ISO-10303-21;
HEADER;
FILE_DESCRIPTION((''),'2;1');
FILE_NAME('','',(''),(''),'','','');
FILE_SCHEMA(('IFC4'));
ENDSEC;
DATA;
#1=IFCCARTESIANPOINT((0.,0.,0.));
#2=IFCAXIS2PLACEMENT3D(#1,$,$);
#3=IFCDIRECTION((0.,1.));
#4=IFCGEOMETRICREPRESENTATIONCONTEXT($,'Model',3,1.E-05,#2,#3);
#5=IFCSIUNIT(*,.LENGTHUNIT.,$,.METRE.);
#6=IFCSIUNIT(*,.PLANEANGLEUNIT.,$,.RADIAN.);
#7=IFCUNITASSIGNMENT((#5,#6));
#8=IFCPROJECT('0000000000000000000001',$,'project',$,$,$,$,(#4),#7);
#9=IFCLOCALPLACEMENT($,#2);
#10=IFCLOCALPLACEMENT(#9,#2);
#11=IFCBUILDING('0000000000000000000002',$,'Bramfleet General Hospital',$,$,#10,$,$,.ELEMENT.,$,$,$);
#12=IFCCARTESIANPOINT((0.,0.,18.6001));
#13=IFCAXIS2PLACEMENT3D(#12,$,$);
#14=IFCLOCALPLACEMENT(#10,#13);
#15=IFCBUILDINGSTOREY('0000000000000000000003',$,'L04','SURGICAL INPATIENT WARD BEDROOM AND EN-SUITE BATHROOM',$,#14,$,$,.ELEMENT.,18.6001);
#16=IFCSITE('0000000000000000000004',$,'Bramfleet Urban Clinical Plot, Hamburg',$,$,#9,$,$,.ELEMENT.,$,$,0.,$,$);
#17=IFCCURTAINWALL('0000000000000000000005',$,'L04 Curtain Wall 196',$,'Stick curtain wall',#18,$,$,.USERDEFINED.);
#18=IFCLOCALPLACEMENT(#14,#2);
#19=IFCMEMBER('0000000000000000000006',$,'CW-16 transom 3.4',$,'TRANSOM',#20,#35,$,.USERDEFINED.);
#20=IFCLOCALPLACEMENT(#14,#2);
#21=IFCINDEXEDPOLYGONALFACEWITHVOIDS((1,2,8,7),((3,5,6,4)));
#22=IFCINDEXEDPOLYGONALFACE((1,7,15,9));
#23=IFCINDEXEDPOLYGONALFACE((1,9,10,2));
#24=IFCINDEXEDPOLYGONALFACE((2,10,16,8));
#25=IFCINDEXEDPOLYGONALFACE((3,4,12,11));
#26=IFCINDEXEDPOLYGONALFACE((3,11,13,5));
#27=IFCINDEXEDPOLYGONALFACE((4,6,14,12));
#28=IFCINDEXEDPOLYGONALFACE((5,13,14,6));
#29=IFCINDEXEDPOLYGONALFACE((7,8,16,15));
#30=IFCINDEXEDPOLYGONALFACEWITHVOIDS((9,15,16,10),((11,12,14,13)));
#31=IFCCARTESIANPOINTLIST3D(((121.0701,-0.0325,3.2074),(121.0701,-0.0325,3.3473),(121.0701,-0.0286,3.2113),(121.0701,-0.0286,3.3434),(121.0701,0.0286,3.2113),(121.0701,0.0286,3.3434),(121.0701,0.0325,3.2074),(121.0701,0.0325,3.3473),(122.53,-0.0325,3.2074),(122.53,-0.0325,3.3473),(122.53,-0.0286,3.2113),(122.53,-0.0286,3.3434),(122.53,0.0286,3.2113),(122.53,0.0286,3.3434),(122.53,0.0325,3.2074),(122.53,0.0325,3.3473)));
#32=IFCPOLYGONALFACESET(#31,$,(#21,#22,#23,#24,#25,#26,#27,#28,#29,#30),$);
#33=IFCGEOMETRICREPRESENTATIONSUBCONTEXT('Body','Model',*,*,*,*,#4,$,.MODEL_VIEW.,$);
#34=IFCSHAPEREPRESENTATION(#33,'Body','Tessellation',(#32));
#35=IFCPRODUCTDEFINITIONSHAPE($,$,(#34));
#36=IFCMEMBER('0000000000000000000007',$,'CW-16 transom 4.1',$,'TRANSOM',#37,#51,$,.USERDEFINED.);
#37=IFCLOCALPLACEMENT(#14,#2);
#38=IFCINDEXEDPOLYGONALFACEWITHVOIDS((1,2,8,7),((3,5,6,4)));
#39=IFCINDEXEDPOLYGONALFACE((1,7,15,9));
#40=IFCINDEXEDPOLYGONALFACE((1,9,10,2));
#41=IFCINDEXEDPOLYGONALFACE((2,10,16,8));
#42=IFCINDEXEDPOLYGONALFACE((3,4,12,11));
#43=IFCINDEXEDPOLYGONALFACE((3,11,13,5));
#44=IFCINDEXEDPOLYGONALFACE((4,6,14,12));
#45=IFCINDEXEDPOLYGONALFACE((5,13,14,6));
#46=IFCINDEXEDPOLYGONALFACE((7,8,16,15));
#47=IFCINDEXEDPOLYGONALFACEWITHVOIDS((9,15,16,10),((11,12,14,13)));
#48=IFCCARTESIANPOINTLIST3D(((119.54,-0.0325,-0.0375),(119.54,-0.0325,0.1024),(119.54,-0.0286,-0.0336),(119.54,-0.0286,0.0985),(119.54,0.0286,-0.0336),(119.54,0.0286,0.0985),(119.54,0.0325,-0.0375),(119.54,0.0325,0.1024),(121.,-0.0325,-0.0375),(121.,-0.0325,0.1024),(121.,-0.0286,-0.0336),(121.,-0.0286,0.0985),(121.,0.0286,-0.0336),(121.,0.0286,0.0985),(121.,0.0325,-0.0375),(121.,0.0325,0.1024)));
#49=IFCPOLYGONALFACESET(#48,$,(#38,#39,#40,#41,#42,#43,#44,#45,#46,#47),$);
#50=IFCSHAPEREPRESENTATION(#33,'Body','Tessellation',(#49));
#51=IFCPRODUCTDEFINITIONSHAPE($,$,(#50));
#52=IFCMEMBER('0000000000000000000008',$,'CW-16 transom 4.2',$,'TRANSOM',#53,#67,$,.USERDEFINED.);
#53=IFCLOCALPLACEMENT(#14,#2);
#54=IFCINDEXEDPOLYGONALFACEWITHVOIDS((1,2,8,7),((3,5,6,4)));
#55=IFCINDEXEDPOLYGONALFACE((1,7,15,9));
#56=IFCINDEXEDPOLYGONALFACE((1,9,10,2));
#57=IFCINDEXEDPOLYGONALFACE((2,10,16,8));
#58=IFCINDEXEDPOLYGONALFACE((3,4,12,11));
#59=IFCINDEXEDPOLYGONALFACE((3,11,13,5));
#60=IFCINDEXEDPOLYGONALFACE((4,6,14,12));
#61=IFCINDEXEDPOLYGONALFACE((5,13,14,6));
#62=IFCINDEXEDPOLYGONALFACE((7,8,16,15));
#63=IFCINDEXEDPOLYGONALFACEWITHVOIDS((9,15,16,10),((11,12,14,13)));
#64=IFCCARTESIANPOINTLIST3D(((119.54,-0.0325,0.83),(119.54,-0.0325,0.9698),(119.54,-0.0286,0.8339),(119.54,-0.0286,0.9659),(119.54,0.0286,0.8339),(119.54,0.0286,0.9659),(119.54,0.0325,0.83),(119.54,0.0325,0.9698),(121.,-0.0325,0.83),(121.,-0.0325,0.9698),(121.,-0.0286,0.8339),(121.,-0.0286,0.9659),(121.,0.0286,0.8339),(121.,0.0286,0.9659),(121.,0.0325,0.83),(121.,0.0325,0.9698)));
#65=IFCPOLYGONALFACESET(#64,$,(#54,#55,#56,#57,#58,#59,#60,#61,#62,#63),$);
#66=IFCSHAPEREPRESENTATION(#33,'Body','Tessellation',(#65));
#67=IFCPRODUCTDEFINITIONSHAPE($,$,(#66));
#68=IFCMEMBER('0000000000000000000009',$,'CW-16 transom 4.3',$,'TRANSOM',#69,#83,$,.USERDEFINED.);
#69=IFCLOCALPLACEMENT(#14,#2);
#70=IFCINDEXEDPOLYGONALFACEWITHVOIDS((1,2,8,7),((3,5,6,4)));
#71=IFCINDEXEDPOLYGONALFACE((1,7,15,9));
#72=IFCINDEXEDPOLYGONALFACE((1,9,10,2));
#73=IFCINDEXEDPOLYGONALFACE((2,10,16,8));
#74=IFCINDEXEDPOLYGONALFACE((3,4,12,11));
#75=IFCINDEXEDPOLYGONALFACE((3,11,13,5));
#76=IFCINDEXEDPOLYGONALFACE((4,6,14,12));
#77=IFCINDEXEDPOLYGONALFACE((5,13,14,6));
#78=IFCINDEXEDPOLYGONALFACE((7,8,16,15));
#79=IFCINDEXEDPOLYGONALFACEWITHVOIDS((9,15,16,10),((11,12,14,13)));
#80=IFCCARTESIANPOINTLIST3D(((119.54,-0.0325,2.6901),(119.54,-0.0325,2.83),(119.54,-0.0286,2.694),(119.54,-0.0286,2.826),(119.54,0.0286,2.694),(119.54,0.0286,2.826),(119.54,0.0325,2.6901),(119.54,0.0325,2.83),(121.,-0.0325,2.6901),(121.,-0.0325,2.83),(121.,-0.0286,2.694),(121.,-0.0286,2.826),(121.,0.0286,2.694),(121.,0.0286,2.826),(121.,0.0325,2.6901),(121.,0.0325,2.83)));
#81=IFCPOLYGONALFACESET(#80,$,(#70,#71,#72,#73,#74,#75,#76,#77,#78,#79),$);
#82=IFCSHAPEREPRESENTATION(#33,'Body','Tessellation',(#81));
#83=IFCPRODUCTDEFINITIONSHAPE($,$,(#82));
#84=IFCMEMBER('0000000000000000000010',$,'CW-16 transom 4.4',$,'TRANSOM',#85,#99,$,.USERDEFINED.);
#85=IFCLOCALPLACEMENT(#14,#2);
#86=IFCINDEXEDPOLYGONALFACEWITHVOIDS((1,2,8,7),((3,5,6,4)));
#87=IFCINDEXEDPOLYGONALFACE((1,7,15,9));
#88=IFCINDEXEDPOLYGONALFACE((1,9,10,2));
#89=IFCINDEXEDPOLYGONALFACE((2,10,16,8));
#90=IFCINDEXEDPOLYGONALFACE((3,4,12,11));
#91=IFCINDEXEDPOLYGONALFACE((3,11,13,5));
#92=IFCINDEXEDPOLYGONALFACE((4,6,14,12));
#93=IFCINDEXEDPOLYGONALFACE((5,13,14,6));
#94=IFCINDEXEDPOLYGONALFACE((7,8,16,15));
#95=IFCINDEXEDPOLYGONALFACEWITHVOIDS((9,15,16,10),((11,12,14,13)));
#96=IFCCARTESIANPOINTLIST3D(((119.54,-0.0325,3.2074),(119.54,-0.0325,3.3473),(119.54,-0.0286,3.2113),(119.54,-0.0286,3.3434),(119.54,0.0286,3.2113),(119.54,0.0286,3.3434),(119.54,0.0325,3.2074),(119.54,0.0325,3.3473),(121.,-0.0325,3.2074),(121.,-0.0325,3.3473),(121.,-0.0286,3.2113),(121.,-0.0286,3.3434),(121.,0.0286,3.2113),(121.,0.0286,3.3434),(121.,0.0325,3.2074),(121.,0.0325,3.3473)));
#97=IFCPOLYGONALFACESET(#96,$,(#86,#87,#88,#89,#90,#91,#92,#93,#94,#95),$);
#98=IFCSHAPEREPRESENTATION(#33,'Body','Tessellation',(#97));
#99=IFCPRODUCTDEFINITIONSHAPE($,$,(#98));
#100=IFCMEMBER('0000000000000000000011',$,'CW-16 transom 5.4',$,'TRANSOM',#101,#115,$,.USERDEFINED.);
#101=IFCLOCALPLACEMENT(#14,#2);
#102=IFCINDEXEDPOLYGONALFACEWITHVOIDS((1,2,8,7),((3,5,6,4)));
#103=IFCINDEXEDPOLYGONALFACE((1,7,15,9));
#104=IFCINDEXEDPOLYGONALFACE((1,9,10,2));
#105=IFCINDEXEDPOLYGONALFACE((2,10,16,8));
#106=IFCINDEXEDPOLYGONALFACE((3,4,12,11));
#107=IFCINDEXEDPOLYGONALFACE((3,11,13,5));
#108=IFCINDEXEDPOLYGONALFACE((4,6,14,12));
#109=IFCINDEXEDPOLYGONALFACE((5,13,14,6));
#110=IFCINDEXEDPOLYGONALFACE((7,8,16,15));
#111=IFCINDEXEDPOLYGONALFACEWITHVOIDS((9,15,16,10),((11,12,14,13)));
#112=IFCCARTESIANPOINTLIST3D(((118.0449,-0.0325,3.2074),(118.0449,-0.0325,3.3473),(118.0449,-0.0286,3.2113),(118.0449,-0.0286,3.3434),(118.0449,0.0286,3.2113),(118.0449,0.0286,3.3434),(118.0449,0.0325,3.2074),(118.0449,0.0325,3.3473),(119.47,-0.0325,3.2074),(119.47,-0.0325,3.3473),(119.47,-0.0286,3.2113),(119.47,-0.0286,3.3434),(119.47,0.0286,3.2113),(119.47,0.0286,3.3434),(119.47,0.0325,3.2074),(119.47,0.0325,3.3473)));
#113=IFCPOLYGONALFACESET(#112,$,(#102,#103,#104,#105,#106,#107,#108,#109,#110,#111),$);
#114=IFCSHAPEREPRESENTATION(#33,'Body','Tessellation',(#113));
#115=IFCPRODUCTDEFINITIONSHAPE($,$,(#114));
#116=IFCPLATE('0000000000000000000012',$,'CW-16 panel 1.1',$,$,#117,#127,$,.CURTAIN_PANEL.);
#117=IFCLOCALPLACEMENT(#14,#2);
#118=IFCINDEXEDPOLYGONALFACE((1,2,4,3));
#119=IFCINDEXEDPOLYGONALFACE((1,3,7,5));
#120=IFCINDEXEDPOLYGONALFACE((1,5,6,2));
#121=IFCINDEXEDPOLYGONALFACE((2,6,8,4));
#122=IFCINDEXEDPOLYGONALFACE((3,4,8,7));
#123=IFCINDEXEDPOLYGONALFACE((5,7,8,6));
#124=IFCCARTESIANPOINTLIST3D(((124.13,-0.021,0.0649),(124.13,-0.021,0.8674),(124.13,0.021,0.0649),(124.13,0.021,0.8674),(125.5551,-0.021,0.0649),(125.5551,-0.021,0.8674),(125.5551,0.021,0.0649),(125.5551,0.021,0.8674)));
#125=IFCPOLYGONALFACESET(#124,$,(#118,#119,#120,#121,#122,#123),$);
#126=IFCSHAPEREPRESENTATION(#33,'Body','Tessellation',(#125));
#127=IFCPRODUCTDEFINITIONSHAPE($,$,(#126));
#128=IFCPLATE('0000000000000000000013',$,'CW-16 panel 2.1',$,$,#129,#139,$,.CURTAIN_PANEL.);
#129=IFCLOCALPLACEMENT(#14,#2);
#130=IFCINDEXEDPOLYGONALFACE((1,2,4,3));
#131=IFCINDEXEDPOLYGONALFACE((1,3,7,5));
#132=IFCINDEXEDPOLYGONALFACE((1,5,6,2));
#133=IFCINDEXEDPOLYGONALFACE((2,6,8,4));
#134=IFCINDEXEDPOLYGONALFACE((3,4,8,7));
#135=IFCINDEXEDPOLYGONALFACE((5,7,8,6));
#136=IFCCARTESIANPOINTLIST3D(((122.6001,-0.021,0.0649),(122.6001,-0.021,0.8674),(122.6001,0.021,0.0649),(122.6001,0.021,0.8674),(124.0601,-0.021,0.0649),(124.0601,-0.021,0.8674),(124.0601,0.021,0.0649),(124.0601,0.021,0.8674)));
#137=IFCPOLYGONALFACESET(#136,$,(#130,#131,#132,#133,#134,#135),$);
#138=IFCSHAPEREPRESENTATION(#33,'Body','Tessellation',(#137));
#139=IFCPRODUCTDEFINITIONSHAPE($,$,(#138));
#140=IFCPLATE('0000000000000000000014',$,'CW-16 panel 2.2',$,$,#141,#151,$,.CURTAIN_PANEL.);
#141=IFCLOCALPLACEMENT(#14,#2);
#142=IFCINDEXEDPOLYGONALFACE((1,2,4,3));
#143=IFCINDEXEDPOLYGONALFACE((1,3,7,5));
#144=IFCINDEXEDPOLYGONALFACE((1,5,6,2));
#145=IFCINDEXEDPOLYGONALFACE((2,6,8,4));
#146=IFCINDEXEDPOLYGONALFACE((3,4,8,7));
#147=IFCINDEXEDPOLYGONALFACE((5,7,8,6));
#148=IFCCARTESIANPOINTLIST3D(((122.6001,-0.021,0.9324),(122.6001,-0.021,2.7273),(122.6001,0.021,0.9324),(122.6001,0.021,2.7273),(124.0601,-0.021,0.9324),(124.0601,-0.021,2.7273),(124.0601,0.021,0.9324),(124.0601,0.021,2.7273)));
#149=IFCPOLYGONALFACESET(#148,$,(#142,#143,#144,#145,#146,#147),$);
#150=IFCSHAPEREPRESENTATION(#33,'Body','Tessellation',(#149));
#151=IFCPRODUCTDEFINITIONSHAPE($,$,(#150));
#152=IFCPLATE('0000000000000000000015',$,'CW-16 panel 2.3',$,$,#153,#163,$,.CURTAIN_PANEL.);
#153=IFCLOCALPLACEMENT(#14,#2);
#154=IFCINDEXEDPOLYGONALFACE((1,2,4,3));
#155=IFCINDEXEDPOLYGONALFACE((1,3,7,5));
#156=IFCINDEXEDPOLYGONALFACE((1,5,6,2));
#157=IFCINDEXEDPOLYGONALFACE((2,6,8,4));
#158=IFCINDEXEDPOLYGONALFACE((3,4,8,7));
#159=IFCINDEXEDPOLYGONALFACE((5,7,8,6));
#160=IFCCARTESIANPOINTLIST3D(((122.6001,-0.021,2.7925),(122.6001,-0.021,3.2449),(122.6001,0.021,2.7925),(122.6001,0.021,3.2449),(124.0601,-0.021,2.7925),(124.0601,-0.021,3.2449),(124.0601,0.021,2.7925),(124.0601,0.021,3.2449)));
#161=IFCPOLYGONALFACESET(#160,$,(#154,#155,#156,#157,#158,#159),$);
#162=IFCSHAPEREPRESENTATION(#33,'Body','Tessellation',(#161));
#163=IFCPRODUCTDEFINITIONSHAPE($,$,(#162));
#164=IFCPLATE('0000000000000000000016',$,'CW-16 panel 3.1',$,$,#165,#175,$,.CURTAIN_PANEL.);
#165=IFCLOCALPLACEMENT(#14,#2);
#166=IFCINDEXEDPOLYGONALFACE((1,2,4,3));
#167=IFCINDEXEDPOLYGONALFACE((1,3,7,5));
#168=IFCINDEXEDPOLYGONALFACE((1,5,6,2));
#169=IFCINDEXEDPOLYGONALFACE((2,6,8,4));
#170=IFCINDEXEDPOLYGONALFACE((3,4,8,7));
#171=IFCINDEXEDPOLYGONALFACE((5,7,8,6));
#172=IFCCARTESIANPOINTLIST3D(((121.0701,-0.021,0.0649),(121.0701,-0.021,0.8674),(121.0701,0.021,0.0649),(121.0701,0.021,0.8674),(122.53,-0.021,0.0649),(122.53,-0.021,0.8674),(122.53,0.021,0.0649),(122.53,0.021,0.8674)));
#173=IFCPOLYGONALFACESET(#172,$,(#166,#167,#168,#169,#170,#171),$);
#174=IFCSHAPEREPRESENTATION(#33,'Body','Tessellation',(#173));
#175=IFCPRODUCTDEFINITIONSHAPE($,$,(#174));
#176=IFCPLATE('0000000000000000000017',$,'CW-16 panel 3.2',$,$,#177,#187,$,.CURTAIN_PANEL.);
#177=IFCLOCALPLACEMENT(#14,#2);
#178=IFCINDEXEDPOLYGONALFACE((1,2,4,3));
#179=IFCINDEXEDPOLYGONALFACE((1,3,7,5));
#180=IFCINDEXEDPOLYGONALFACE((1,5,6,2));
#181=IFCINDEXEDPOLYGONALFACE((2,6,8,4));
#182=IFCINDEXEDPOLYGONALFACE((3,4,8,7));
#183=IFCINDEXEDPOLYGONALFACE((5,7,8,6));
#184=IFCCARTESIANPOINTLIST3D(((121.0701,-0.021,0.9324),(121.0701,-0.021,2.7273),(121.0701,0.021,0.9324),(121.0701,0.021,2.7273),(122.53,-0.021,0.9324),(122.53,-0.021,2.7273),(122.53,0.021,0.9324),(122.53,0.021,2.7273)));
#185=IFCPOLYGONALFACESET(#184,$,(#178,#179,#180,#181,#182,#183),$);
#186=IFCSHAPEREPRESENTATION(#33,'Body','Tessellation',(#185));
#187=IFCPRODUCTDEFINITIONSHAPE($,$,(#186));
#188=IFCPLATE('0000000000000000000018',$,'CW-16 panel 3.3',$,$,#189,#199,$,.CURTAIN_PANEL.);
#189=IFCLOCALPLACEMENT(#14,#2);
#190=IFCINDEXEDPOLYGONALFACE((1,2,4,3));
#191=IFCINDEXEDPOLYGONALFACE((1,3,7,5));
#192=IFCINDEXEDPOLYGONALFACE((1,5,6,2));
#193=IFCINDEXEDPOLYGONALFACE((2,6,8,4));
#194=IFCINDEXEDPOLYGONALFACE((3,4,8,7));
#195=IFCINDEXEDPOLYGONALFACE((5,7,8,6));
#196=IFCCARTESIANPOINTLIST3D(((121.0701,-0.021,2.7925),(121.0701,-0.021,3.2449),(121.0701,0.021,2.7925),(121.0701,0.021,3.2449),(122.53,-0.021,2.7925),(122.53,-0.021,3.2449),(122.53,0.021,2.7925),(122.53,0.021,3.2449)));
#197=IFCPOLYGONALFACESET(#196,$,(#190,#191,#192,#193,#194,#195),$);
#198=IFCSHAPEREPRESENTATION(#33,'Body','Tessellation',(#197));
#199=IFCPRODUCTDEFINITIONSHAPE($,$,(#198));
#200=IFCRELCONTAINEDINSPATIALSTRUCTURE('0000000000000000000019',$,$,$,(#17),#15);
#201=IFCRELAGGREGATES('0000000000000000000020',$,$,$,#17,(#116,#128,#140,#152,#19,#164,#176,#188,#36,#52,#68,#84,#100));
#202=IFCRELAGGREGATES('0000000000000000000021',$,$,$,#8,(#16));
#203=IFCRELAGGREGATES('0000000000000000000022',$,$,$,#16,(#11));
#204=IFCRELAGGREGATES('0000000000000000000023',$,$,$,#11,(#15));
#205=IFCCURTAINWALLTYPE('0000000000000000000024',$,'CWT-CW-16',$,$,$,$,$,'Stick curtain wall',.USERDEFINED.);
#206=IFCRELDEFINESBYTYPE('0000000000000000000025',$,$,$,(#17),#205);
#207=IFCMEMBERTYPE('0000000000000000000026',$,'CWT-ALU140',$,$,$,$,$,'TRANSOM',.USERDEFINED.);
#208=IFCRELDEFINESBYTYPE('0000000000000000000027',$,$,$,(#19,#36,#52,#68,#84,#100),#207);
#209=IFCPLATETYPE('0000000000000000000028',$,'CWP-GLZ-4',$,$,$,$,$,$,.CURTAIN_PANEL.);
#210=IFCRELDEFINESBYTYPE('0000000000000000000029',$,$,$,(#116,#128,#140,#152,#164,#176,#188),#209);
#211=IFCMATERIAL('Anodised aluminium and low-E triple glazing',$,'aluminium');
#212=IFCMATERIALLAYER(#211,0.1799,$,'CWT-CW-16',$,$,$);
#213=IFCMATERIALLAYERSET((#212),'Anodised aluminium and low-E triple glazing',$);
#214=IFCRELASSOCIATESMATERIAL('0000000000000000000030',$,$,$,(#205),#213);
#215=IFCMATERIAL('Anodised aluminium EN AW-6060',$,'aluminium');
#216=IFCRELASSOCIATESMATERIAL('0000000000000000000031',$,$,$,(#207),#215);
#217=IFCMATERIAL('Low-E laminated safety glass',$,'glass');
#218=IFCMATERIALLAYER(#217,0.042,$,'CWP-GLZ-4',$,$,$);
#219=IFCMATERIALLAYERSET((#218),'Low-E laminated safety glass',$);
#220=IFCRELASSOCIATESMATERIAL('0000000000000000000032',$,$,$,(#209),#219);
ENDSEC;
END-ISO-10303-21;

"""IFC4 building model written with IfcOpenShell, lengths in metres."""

from ifc_helpers import new_model, si_unit, direction, frame, origin, origin_2d, place, context, subcontext, project, spatial, rectangle, hollow_rectangle, extrude, material, layer, layer_set, material_profile, profile_set, type_object, element, aggregate, save


model = new_model("IFC4")

# Units and contexts
model_context = context("Model", 3, precision=1e-05, world=origin(), true_north=direction((0.0, 1.0)))
body_context = subcontext(model_context, "Body", "Model", "MODEL_VIEW")
ifc_project = project(units=[si_unit("LENGTHUNIT", "METRE"), si_unit("PLANEANGLEUNIT", "RADIAN")], contexts=[model_context])

# Site, building, storey
site_placement = place(None, origin())
site = spatial("IfcSite", under=ifc_project, at=site_placement, Name="Bramfleet Urban Clinical Plot, Hamburg", CompositionType="ELEMENT", RefElevation=0.0)
building_placement = place(site_placement, origin())
building = spatial("IfcBuilding", under=site, at=building_placement, Name="Bramfleet General Hospital", CompositionType="ELEMENT")
storey_placement = place(building_placement, frame((0.0, 0.0, 18.6001)))
storey = spatial("IfcBuildingStorey", under=building, at=storey_placement, Name="L04", Description="SURGICAL INPATIENT WARD BEDROOM AND EN-SUITE BATHROOM", CompositionType="ELEMENT", Elevation=18.6001)

# Curtain wall, members, plates
ifc_material_1 = material(Name="Anodised aluminium and low-E triple glazing", Category="aluminium")
ifc_layer_1 = layer(ifc_material_1, 0.1799, Name="CWT-CW-16")
ifc_layer_set_1 = layer_set([ifc_layer_1], Name="Anodised aluminium and low-E triple glazing")
curtain_wall_type = type_object("IfcCurtainWallType", Name="CWT-CW-16", ElementType="Stick curtain wall", PredefinedType="USERDEFINED", material=ifc_layer_set_1)
curtain_wall_placement = place(storey_placement, origin())
curtain_wall = element("IfcCurtainWall", 1, at=curtain_wall_placement, inside=storey, type_object=curtain_wall_type, Name="L04 Curtain Wall 196", ObjectType="Stick curtain wall", PredefinedType="USERDEFINED")
ifc_material_2 = material(Name="Anodised aluminium EN AW-6060", Category="aluminium")
ifc_material_profile_1 = material_profile(ifc_material_2, hollow_rectangle(XDim=0.0649, YDim=0.1399, WallThickness=0.0039, at=origin_2d()), Name="ALU 140x65x4.0")
ifc_profile_set_1 = profile_set([ifc_material_profile_1], Name="Anodised aluminium EN AW-6060")
member_type_1 = type_object("IfcMemberType", Name="CWT-ALU140", ElementType="TRANSOM", PredefinedType="USERDEFINED", material=ifc_profile_set_1)
member_1_placement = place(storey_placement, frame((122.53, 0.0, 3.2773), z_axis=(-1.0, 0.0, 0.0), x_axis=(0.0, -1.0, 0.0)))
member_1 = element("IfcMember", 2, at=member_1_placement, type_object=member_type_1, Name="CW-16 transom 3.4", ObjectType="TRANSOM", PredefinedType="USERDEFINED", context=body_context, shape_type="SweptSolid", body=[
    extrude(hollow_rectangle(XDim=0.0649, YDim=0.1399, WallThickness=0.0039, at=origin_2d()), origin(), (0.0, 0.0, 1.0), 1.46),
])
member_2_placement = place(storey_placement, frame((121.0, 0.0, 0.0325), z_axis=(-1.0, 0.0, 0.0), x_axis=(0.0, -1.0, 0.0)))
member_2 = element("IfcMember", 3, at=member_2_placement, type_object=member_type_1, Name="CW-16 transom 4.1", ObjectType="TRANSOM", PredefinedType="USERDEFINED", context=body_context, shape_type="SweptSolid", body=[
    extrude(hollow_rectangle(XDim=0.0649, YDim=0.1399, WallThickness=0.0039, at=origin_2d()), origin(), (0.0, 0.0, 1.0), 1.46),
])
member_3_placement = place(storey_placement, frame((121.0, 0.0, 0.8999), z_axis=(-1.0, 0.0, 0.0), x_axis=(0.0, -1.0, 0.0)))
member_3 = element("IfcMember", 4, at=member_3_placement, type_object=member_type_1, Name="CW-16 transom 4.2", ObjectType="TRANSOM", PredefinedType="USERDEFINED", context=body_context, shape_type="SweptSolid", body=[
    extrude(hollow_rectangle(XDim=0.0649, YDim=0.1399, WallThickness=0.0039, at=origin_2d()), origin(), (0.0, 0.0, 1.0), 1.46),
])
member_4_placement = place(storey_placement, frame((121.0, 0.0, 2.76), z_axis=(-1.0, 0.0, 0.0), x_axis=(0.0, -1.0, 0.0)))
member_4 = element("IfcMember", 5, at=member_4_placement, type_object=member_type_1, Name="CW-16 transom 4.3", ObjectType="TRANSOM", PredefinedType="USERDEFINED", context=body_context, shape_type="SweptSolid", body=[
    extrude(hollow_rectangle(XDim=0.0649, YDim=0.1399, WallThickness=0.0039, at=origin_2d()), origin(), (0.0, 0.0, 1.0), 1.46),
])
member_5_placement = place(storey_placement, frame((121.0, 0.0, 3.2773), z_axis=(-1.0, 0.0, 0.0), x_axis=(0.0, -1.0, 0.0)))
member_5 = element("IfcMember", 6, at=member_5_placement, type_object=member_type_1, Name="CW-16 transom 4.4", ObjectType="TRANSOM", PredefinedType="USERDEFINED", context=body_context, shape_type="SweptSolid", body=[
    extrude(hollow_rectangle(XDim=0.0649, YDim=0.1399, WallThickness=0.0039, at=origin_2d()), origin(), (0.0, 0.0, 1.0), 1.46),
])
member_6_placement = place(storey_placement, frame((119.47, 0.0, 3.2773), z_axis=(-1.0, 0.0, 0.0), x_axis=(0.0, -1.0, 0.0)))
member_6 = element("IfcMember", 7, at=member_6_placement, type_object=member_type_1, Name="CW-16 transom 5.4", ObjectType="TRANSOM", PredefinedType="USERDEFINED", context=body_context, shape_type="SweptSolid", body=[
    extrude(hollow_rectangle(XDim=0.0649, YDim=0.1399, WallThickness=0.0039, at=origin_2d()), origin(), (0.0, 0.0, 1.0), 1.425),
])
ifc_material_3 = material(Name="Low-E laminated safety glass", Category="glass")
ifc_layer_2 = layer(ifc_material_3, 0.042, Name="CWP-GLZ-4")
ifc_layer_set_2 = layer_set([ifc_layer_2], Name="Low-E laminated safety glass")
plate_type = type_object("IfcPlateType", Name="CWP-GLZ-4", PredefinedType="CURTAIN_PANEL", material=ifc_layer_set_2)
plate_1_placement = place(storey_placement, frame((124.8425, 0.0, 0.0649), z_axis=(0.0, 0.0, 1.0), x_axis=(-1.0, 0.0, 0.0)))
plate_1 = element("IfcPlate", 8, at=plate_1_placement, type_object=plate_type, Name="CW-16 panel 1.1", PredefinedType="CURTAIN_PANEL", context=body_context, shape_type="SweptSolid", body=[
    extrude(rectangle(XDim=1.425, YDim=0.042, at=origin_2d()), origin(), (0.0, 0.0, 1.0), 0.8025),
])
plate_2_placement = place(storey_placement, frame((123.3301, 0.0, 0.0649), z_axis=(0.0, 0.0, 1.0), x_axis=(-1.0, 0.0, 0.0)))
plate_2 = element("IfcPlate", 9, at=plate_2_placement, type_object=plate_type, Name="CW-16 panel 2.1", PredefinedType="CURTAIN_PANEL", context=body_context, shape_type="SweptSolid", body=[
    extrude(rectangle(XDim=1.46, YDim=0.042, at=origin_2d()), origin(), (0.0, 0.0, 1.0), 0.8025),
])
plate_3_placement = place(storey_placement, frame((123.3301, 0.0, 0.9324), z_axis=(0.0, 0.0, 1.0), x_axis=(-1.0, 0.0, 0.0)))
plate_3 = element("IfcPlate", 10, at=plate_3_placement, type_object=plate_type, Name="CW-16 panel 2.2", PredefinedType="CURTAIN_PANEL", context=body_context, shape_type="SweptSolid", body=[
    extrude(rectangle(XDim=1.46, YDim=0.042, at=origin_2d()), origin(), (0.0, 0.0, 1.0), 1.7949),
])
plate_4_placement = place(storey_placement, frame((123.3301, 0.0, 2.7925), z_axis=(0.0, 0.0, 1.0), x_axis=(-1.0, 0.0, 0.0)))
plate_4 = element("IfcPlate", 11, at=plate_4_placement, type_object=plate_type, Name="CW-16 panel 2.3", PredefinedType="CURTAIN_PANEL", context=body_context, shape_type="SweptSolid", body=[
    extrude(rectangle(XDim=1.46, YDim=0.042, at=origin_2d()), origin(), (0.0, 0.0, 1.0), 0.4524),
])
plate_5_placement = place(storey_placement, frame((121.8, 0.0, 0.0649), z_axis=(0.0, 0.0, 1.0), x_axis=(-1.0, 0.0, 0.0)))
plate_5 = element("IfcPlate", 12, at=plate_5_placement, type_object=plate_type, Name="CW-16 panel 3.1", PredefinedType="CURTAIN_PANEL", context=body_context, shape_type="SweptSolid", body=[
    extrude(rectangle(XDim=1.46, YDim=0.042, at=origin_2d()), origin(), (0.0, 0.0, 1.0), 0.8025),
])
plate_6_placement = place(storey_placement, frame((121.8, 0.0, 0.9324), z_axis=(0.0, 0.0, 1.0), x_axis=(-1.0, 0.0, 0.0)))
plate_6 = element("IfcPlate", 13, at=plate_6_placement, type_object=plate_type, Name="CW-16 panel 3.2", PredefinedType="CURTAIN_PANEL", context=body_context, shape_type="SweptSolid", body=[
    extrude(rectangle(XDim=1.46, YDim=0.042, at=origin_2d()), origin(), (0.0, 0.0, 1.0), 1.7949),
])
plate_7_placement = place(storey_placement, frame((121.8, 0.0, 2.7925), z_axis=(0.0, 0.0, 1.0), x_axis=(-1.0, 0.0, 0.0)))
plate_7 = element("IfcPlate", 14, at=plate_7_placement, type_object=plate_type, Name="CW-16 panel 3.3", PredefinedType="CURTAIN_PANEL", context=body_context, shape_type="SweptSolid", body=[
    extrude(rectangle(XDim=1.46, YDim=0.042, at=origin_2d()), origin(), (0.0, 0.0, 1.0), 0.4524),
])
aggregate(curtain_wall, [plate_1, plate_2, plate_3, plate_4, member_1, plate_5, plate_6, plate_7, member_2, member_3, member_4, member_5, member_6])

save(model, "model.ifc")
